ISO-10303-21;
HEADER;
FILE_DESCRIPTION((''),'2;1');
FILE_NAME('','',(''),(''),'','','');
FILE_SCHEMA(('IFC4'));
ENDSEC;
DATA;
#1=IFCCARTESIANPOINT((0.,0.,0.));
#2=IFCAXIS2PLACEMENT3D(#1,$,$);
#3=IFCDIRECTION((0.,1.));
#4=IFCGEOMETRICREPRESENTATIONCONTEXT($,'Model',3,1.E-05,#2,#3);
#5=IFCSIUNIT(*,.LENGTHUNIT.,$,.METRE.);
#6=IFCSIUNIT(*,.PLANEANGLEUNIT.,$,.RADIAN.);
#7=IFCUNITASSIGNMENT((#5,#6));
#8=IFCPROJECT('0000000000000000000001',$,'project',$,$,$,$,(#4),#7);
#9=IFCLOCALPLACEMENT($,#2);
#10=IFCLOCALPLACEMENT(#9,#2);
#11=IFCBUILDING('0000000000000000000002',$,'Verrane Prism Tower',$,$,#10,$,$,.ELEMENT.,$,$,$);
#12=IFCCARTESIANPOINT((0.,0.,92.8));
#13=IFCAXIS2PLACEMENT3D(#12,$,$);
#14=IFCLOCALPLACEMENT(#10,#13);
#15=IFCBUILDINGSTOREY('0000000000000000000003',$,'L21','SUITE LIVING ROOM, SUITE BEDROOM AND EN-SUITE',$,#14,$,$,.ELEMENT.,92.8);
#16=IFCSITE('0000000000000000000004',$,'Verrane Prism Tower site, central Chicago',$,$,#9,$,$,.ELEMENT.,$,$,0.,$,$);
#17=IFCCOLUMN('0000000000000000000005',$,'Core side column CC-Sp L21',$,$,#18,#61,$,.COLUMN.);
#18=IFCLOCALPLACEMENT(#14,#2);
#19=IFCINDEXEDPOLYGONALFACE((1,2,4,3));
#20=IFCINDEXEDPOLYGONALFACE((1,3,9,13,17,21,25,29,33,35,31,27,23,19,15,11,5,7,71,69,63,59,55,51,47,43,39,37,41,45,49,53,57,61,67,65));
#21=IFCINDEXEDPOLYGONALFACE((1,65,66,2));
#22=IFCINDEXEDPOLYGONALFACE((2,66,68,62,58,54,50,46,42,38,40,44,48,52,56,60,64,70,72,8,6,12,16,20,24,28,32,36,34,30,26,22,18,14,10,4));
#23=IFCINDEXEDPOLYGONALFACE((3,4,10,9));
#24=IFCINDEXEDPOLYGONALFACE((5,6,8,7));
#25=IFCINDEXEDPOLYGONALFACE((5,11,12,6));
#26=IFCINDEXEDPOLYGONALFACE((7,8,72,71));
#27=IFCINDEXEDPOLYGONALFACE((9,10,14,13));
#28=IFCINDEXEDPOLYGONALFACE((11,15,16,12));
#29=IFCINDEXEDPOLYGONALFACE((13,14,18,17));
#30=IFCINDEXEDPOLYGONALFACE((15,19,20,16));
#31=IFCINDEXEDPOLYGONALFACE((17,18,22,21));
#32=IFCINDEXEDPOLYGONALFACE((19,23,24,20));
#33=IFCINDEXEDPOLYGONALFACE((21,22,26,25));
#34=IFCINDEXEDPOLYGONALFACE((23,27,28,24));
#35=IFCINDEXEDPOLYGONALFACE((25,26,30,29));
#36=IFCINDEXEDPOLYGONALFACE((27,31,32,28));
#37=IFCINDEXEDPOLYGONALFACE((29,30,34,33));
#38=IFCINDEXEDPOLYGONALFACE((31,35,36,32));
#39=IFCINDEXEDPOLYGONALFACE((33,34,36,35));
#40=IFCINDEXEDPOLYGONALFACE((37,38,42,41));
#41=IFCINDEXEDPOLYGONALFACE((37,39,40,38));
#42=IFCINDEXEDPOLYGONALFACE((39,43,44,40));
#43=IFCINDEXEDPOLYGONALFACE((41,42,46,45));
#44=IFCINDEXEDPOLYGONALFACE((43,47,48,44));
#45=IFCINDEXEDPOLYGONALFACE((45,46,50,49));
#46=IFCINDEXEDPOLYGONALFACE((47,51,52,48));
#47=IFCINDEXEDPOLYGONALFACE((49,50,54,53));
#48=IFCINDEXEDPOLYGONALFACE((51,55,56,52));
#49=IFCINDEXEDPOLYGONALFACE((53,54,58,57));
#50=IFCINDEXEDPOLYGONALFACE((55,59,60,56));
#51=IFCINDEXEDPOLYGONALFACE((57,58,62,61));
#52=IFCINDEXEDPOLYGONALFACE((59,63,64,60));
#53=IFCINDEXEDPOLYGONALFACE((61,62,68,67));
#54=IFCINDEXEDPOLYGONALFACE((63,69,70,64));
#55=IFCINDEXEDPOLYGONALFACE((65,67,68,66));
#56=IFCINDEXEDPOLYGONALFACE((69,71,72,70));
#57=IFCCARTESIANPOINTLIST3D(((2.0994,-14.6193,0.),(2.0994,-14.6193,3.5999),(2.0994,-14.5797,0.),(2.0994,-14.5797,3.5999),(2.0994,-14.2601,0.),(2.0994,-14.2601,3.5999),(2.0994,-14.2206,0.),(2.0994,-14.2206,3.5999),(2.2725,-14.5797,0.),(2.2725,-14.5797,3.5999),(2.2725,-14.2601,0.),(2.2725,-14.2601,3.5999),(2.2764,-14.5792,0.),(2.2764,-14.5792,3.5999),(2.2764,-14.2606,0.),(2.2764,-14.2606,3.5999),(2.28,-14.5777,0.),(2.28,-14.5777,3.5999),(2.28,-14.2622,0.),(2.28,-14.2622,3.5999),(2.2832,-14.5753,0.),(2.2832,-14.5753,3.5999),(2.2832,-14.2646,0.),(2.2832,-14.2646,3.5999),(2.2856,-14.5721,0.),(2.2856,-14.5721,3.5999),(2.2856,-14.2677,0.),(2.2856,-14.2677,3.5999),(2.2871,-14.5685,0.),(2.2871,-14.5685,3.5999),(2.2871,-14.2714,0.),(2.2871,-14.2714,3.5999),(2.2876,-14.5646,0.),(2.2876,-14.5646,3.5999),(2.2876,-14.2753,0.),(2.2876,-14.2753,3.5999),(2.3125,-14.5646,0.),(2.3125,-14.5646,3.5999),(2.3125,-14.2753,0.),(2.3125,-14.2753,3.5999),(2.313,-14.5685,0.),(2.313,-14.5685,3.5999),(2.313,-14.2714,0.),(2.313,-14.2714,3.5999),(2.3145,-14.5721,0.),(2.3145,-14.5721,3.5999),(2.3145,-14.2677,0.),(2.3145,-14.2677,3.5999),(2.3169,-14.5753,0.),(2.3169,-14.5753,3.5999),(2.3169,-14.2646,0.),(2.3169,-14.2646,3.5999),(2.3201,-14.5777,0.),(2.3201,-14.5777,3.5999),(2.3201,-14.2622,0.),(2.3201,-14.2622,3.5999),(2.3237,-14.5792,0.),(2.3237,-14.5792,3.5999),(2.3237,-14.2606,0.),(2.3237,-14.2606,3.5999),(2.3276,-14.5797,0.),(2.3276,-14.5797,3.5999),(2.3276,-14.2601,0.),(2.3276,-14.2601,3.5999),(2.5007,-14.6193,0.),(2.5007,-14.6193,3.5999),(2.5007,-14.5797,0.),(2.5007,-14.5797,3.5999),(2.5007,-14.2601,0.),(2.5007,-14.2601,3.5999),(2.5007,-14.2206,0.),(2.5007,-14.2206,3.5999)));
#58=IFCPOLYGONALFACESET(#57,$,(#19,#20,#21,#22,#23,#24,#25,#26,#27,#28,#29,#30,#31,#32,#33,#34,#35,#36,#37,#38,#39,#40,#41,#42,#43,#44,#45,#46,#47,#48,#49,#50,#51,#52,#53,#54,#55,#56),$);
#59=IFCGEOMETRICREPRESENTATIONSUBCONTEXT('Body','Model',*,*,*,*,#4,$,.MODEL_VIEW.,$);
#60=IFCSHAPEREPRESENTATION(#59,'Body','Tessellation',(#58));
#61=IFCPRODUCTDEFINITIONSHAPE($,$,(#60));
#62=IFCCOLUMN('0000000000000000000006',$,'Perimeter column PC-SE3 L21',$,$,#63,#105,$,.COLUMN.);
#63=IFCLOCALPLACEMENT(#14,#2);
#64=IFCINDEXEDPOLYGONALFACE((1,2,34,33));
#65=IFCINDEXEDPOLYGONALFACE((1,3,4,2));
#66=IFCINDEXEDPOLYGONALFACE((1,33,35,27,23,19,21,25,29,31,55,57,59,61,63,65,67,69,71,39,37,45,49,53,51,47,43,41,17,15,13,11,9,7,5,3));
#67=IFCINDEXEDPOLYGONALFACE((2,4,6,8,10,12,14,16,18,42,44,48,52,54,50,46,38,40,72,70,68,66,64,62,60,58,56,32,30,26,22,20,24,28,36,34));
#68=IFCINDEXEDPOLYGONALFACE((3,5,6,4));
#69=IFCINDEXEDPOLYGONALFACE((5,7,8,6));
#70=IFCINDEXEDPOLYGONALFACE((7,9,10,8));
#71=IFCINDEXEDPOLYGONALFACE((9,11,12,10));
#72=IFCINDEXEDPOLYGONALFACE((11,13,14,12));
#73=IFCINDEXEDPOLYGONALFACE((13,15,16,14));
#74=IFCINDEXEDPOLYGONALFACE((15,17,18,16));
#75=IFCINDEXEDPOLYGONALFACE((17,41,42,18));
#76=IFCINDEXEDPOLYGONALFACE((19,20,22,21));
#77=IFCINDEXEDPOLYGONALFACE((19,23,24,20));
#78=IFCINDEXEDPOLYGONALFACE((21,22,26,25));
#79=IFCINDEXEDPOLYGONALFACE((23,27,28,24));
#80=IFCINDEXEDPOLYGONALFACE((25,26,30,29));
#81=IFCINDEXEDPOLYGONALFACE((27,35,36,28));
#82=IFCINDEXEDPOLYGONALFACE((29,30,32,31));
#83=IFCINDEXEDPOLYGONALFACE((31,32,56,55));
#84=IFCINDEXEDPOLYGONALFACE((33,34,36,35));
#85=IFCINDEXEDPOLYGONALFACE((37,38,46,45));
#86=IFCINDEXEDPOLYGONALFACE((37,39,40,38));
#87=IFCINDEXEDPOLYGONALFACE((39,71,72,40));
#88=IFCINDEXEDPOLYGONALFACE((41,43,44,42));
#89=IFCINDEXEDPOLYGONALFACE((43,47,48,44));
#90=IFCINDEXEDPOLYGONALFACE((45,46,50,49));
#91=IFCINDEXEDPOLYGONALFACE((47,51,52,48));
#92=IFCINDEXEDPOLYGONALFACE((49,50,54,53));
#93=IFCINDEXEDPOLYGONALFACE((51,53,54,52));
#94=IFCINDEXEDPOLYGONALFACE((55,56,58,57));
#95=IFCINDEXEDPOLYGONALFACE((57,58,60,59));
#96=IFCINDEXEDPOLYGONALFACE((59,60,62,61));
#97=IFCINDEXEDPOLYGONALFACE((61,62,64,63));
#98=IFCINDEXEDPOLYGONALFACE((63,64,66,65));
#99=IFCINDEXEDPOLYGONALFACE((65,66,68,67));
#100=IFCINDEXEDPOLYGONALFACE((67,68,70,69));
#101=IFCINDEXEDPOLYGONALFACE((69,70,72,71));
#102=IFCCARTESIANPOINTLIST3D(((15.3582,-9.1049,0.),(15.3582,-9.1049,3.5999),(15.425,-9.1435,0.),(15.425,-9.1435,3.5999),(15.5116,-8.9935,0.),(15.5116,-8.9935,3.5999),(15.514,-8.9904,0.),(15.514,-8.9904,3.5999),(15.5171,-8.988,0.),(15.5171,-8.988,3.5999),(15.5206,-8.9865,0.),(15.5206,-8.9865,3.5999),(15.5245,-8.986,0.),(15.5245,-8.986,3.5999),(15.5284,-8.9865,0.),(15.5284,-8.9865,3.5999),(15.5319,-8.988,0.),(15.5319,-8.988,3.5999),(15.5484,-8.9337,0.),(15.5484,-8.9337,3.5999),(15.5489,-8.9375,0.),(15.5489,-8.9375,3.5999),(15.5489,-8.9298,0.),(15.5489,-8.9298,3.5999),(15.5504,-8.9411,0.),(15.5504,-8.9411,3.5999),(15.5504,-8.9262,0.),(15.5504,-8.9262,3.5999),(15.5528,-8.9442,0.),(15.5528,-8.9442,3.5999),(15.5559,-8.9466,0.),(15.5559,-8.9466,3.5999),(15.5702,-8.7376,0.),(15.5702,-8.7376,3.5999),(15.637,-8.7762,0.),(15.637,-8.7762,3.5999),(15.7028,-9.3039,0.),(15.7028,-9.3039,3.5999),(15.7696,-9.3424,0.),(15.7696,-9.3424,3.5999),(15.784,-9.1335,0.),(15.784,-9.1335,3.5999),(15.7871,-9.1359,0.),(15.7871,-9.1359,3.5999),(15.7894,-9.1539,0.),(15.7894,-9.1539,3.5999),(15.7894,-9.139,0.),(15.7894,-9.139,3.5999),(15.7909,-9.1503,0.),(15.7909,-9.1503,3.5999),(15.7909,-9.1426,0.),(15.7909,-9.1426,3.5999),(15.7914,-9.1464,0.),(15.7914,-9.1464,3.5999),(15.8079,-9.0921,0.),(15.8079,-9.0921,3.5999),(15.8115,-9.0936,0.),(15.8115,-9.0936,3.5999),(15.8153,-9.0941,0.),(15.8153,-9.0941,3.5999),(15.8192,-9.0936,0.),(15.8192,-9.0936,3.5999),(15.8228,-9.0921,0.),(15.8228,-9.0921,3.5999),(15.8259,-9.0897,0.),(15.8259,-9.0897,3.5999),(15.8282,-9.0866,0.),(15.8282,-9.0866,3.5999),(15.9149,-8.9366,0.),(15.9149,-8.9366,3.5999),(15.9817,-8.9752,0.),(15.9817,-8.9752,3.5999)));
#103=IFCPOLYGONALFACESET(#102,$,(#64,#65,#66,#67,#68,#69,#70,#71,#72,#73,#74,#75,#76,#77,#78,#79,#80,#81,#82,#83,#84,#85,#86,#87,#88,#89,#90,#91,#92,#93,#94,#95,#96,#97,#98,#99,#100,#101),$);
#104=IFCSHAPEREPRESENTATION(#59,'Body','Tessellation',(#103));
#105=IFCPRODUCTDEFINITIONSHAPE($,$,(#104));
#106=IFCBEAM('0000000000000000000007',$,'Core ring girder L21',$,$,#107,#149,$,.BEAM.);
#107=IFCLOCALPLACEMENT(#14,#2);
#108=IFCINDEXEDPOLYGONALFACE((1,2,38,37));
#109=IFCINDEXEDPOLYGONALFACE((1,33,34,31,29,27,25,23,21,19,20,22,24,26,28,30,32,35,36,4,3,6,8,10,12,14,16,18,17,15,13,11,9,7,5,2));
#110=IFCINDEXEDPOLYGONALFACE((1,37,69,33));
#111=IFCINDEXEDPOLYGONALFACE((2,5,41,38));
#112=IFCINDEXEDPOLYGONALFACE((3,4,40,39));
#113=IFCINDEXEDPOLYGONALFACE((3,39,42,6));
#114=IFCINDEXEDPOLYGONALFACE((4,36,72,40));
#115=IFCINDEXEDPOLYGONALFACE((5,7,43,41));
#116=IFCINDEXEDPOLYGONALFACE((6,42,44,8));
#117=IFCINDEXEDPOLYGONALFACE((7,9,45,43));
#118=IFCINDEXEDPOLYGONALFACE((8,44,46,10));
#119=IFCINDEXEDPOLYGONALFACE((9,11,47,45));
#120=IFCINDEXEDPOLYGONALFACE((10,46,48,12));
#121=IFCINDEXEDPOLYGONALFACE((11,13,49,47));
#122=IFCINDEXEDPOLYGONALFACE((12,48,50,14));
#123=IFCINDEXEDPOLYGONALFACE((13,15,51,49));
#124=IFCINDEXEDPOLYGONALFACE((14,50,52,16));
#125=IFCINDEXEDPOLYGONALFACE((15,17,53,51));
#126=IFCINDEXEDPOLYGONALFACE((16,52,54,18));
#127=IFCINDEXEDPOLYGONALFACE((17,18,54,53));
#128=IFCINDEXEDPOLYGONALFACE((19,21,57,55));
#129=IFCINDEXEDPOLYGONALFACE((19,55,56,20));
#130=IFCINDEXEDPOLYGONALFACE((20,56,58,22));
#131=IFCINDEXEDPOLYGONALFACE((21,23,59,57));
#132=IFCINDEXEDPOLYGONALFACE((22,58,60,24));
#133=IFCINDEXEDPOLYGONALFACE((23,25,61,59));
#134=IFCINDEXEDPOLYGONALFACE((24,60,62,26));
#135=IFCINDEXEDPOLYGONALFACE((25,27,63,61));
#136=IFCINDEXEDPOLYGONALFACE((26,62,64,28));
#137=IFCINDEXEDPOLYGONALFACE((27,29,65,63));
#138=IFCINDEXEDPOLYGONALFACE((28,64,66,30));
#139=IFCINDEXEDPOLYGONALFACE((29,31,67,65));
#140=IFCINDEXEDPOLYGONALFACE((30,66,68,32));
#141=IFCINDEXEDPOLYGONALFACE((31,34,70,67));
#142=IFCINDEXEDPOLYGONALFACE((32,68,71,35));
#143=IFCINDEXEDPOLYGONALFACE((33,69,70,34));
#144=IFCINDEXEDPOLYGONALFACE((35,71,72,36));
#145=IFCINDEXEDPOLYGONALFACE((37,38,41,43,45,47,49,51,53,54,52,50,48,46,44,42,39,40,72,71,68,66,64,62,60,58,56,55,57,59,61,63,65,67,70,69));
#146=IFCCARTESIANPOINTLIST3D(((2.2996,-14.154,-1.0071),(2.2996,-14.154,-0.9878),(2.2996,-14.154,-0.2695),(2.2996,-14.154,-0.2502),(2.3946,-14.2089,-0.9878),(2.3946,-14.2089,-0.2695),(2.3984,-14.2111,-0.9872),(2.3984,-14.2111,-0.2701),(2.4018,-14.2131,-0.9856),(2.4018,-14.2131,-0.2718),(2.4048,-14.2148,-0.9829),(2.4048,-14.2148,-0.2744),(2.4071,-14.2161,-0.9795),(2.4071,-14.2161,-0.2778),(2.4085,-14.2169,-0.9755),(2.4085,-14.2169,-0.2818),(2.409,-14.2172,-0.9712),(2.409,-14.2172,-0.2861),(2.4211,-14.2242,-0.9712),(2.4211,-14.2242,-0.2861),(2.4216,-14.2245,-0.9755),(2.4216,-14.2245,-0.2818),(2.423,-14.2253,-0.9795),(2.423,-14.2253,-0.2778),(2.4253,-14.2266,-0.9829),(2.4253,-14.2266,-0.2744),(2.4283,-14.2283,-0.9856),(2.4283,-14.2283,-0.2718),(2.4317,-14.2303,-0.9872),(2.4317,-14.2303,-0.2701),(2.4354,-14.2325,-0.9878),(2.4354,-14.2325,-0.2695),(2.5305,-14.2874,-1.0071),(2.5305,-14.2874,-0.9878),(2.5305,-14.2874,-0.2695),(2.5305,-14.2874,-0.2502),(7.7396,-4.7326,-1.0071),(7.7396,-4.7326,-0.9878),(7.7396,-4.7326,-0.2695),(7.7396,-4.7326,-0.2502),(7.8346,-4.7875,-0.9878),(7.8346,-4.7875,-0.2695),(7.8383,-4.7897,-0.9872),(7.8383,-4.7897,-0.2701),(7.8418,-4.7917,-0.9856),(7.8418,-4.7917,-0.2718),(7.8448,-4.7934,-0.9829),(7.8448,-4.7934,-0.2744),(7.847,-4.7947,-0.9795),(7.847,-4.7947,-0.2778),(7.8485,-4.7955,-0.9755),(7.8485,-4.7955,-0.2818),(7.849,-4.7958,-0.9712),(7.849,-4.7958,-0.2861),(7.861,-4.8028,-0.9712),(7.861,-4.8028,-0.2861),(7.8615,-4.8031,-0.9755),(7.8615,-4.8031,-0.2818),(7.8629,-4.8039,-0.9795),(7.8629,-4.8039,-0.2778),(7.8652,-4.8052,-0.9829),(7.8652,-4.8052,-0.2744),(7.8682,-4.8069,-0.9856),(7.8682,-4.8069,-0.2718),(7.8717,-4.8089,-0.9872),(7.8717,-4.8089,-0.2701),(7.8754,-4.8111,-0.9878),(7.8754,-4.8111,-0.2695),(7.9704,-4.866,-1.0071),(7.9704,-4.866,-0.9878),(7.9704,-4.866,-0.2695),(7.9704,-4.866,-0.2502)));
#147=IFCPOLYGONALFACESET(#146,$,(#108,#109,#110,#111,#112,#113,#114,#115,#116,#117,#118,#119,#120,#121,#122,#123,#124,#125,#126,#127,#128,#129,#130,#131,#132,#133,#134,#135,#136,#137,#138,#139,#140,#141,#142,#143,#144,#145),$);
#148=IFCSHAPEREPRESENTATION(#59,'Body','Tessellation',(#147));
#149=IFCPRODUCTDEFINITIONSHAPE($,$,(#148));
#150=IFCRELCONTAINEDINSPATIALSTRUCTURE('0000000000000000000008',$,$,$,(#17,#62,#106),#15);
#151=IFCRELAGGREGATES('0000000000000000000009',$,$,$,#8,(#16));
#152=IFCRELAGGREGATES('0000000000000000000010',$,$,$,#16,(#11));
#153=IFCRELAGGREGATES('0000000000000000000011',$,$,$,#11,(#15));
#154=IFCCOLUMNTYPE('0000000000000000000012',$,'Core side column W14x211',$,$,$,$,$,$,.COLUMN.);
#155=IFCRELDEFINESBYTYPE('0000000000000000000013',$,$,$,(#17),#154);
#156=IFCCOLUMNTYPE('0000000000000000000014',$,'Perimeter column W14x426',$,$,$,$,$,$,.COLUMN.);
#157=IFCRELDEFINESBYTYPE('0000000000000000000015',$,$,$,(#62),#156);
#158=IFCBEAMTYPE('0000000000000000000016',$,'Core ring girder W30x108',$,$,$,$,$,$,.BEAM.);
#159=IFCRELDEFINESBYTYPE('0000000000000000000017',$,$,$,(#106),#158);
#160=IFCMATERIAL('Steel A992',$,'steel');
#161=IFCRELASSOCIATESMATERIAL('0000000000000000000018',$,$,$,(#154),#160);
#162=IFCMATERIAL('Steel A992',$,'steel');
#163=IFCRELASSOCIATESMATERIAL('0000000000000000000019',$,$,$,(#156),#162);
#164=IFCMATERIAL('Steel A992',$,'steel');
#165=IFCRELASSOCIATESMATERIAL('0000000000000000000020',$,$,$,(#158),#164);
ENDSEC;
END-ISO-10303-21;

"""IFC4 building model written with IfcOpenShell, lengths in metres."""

from ifc_helpers import new_model, si_unit, direction, frame, origin, origin_2d, place, context, subcontext, project, spatial, i_section, extrude, material, material_profile, profile_set, type_object, element, save


model = new_model("IFC4")

# Units and contexts
model_context = context("Model", 3, precision=1e-05, world=origin(), true_north=direction((0.0, 1.0)))
body_context = subcontext(model_context, "Body", "Model", "MODEL_VIEW")
ifc_project = project(units=[si_unit("LENGTHUNIT", "METRE"), si_unit("PLANEANGLEUNIT", "RADIAN")], contexts=[model_context])

# Site, building, storey
site_placement = place(None, origin())
site = spatial("IfcSite", under=ifc_project, at=site_placement, Name="Verrane Prism Tower site, central Chicago", CompositionType="ELEMENT", RefElevation=0.0)
building_placement = place(site_placement, origin())
building = spatial("IfcBuilding", under=site, at=building_placement, Name="Verrane Prism Tower", CompositionType="ELEMENT")
storey_placement = place(building_placement, frame((0.0, 0.0, 92.8)))
storey = spatial("IfcBuildingStorey", under=building, at=storey_placement, Name="L21", Description="SUITE LIVING ROOM, SUITE BEDROOM AND EN-SUITE", CompositionType="ELEMENT", Elevation=92.8)

# Columns
ifc_material_1 = material(Name="Steel A992", Category="steel")
ifc_material_profile_1 = material_profile(ifc_material_1, i_section(OverallWidth=0.4014, OverallDepth=0.3987, WebThickness=0.0249, FlangeThickness=0.0396, FilletRadius=0.0151, at=origin_2d()), Name="W14x211")
ifc_profile_set_1 = profile_set([ifc_material_profile_1], Name="Steel A992")
column_type_1 = type_object("IfcColumnType", Name="Core side column W14x211", PredefinedType="COLUMN", material=ifc_profile_set_1)
column_1_placement = place(storey_placement, frame((2.3, -14.4199, 0.0), z_axis=(0.0, 0.0, 1.0), x_axis=(1.0, 0.0, 0.0)))
element("IfcColumn", 1, at=column_1_placement, inside=storey, type_object=column_type_1, Name="Core side column CC-Sp L21", PredefinedType="COLUMN", context=body_context, shape_type="SweptSolid", body=[
    extrude(i_section(OverallWidth=0.4014, OverallDepth=0.3987, WebThickness=0.0249, FlangeThickness=0.0396, FilletRadius=0.0151, at=origin_2d()), origin(), (0.0, 0.0, 1.0), 3.5999),
])
ifc_material_2 = material(Name="Steel A992", Category="steel")
ifc_material_profile_2 = material_profile(ifc_material_2, i_section(OverallWidth=0.4241, OverallDepth=0.4751, WebThickness=0.0479, FlangeThickness=0.0771, FilletRadius=0.0149, at=origin_2d()), Name="W14x426")
ifc_profile_set_2 = profile_set([ifc_material_profile_2], Name="Steel A992")
column_type_2 = type_object("IfcColumnType", Name="Perimeter column W14x426", PredefinedType="COLUMN", material=ifc_profile_set_2)
column_2_placement = place(storey_placement, frame((15.6699, -9.04, 0.0), z_axis=(0.0, 0.0, 1.0), x_axis=(-0.5, -0.866025, 0.0)))
element("IfcColumn", 2, at=column_2_placement, inside=storey, type_object=column_type_2, Name="Perimeter column PC-SE3 L21", PredefinedType="COLUMN", context=body_context, shape_type="SweptSolid", body=[
    extrude(i_section(OverallWidth=0.4241, OverallDepth=0.4751, WebThickness=0.0479, FlangeThickness=0.0771, FilletRadius=0.0149, at=origin_2d()), origin(), (0.0, 0.0, 1.0), 3.5999),
])

# Beam
ifc_material_3 = material(Name="Steel A992", Category="steel")
ifc_material_profile_3 = material_profile(ifc_material_3, i_section(OverallWidth=0.2666, OverallDepth=0.7568, WebThickness=0.0139, FlangeThickness=0.0193, FilletRadius=0.0166, at=origin_2d()), Name="W30x108")
ifc_profile_set_3 = profile_set([ifc_material_profile_3], Name="Steel A992")
beam_type_1 = type_object("IfcBeamType", Name="Core ring girder W30x108", PredefinedType="BEAM", material=ifc_profile_set_3)
beam_1_placement = place(storey_placement, frame((2.415, -14.2207, -0.6287), z_axis=(0.500035, 0.866005, 0.0), x_axis=(-0.866005, 0.500035, 0.0)))
element("IfcBeam", 3, at=beam_1_placement, inside=storey, type_object=beam_type_1, Name="Core ring girder L21", PredefinedType="BEAM", context=body_context, shape_type="SweptSolid", body=[
    extrude(i_section(OverallWidth=0.2666, OverallDepth=0.7568, WebThickness=0.0139, FlangeThickness=0.0193, FilletRadius=0.0166, at=origin_2d()), origin(), (0.0, 0.0, 1.0), 10.8792),
])

save(model, "model.ifc")
